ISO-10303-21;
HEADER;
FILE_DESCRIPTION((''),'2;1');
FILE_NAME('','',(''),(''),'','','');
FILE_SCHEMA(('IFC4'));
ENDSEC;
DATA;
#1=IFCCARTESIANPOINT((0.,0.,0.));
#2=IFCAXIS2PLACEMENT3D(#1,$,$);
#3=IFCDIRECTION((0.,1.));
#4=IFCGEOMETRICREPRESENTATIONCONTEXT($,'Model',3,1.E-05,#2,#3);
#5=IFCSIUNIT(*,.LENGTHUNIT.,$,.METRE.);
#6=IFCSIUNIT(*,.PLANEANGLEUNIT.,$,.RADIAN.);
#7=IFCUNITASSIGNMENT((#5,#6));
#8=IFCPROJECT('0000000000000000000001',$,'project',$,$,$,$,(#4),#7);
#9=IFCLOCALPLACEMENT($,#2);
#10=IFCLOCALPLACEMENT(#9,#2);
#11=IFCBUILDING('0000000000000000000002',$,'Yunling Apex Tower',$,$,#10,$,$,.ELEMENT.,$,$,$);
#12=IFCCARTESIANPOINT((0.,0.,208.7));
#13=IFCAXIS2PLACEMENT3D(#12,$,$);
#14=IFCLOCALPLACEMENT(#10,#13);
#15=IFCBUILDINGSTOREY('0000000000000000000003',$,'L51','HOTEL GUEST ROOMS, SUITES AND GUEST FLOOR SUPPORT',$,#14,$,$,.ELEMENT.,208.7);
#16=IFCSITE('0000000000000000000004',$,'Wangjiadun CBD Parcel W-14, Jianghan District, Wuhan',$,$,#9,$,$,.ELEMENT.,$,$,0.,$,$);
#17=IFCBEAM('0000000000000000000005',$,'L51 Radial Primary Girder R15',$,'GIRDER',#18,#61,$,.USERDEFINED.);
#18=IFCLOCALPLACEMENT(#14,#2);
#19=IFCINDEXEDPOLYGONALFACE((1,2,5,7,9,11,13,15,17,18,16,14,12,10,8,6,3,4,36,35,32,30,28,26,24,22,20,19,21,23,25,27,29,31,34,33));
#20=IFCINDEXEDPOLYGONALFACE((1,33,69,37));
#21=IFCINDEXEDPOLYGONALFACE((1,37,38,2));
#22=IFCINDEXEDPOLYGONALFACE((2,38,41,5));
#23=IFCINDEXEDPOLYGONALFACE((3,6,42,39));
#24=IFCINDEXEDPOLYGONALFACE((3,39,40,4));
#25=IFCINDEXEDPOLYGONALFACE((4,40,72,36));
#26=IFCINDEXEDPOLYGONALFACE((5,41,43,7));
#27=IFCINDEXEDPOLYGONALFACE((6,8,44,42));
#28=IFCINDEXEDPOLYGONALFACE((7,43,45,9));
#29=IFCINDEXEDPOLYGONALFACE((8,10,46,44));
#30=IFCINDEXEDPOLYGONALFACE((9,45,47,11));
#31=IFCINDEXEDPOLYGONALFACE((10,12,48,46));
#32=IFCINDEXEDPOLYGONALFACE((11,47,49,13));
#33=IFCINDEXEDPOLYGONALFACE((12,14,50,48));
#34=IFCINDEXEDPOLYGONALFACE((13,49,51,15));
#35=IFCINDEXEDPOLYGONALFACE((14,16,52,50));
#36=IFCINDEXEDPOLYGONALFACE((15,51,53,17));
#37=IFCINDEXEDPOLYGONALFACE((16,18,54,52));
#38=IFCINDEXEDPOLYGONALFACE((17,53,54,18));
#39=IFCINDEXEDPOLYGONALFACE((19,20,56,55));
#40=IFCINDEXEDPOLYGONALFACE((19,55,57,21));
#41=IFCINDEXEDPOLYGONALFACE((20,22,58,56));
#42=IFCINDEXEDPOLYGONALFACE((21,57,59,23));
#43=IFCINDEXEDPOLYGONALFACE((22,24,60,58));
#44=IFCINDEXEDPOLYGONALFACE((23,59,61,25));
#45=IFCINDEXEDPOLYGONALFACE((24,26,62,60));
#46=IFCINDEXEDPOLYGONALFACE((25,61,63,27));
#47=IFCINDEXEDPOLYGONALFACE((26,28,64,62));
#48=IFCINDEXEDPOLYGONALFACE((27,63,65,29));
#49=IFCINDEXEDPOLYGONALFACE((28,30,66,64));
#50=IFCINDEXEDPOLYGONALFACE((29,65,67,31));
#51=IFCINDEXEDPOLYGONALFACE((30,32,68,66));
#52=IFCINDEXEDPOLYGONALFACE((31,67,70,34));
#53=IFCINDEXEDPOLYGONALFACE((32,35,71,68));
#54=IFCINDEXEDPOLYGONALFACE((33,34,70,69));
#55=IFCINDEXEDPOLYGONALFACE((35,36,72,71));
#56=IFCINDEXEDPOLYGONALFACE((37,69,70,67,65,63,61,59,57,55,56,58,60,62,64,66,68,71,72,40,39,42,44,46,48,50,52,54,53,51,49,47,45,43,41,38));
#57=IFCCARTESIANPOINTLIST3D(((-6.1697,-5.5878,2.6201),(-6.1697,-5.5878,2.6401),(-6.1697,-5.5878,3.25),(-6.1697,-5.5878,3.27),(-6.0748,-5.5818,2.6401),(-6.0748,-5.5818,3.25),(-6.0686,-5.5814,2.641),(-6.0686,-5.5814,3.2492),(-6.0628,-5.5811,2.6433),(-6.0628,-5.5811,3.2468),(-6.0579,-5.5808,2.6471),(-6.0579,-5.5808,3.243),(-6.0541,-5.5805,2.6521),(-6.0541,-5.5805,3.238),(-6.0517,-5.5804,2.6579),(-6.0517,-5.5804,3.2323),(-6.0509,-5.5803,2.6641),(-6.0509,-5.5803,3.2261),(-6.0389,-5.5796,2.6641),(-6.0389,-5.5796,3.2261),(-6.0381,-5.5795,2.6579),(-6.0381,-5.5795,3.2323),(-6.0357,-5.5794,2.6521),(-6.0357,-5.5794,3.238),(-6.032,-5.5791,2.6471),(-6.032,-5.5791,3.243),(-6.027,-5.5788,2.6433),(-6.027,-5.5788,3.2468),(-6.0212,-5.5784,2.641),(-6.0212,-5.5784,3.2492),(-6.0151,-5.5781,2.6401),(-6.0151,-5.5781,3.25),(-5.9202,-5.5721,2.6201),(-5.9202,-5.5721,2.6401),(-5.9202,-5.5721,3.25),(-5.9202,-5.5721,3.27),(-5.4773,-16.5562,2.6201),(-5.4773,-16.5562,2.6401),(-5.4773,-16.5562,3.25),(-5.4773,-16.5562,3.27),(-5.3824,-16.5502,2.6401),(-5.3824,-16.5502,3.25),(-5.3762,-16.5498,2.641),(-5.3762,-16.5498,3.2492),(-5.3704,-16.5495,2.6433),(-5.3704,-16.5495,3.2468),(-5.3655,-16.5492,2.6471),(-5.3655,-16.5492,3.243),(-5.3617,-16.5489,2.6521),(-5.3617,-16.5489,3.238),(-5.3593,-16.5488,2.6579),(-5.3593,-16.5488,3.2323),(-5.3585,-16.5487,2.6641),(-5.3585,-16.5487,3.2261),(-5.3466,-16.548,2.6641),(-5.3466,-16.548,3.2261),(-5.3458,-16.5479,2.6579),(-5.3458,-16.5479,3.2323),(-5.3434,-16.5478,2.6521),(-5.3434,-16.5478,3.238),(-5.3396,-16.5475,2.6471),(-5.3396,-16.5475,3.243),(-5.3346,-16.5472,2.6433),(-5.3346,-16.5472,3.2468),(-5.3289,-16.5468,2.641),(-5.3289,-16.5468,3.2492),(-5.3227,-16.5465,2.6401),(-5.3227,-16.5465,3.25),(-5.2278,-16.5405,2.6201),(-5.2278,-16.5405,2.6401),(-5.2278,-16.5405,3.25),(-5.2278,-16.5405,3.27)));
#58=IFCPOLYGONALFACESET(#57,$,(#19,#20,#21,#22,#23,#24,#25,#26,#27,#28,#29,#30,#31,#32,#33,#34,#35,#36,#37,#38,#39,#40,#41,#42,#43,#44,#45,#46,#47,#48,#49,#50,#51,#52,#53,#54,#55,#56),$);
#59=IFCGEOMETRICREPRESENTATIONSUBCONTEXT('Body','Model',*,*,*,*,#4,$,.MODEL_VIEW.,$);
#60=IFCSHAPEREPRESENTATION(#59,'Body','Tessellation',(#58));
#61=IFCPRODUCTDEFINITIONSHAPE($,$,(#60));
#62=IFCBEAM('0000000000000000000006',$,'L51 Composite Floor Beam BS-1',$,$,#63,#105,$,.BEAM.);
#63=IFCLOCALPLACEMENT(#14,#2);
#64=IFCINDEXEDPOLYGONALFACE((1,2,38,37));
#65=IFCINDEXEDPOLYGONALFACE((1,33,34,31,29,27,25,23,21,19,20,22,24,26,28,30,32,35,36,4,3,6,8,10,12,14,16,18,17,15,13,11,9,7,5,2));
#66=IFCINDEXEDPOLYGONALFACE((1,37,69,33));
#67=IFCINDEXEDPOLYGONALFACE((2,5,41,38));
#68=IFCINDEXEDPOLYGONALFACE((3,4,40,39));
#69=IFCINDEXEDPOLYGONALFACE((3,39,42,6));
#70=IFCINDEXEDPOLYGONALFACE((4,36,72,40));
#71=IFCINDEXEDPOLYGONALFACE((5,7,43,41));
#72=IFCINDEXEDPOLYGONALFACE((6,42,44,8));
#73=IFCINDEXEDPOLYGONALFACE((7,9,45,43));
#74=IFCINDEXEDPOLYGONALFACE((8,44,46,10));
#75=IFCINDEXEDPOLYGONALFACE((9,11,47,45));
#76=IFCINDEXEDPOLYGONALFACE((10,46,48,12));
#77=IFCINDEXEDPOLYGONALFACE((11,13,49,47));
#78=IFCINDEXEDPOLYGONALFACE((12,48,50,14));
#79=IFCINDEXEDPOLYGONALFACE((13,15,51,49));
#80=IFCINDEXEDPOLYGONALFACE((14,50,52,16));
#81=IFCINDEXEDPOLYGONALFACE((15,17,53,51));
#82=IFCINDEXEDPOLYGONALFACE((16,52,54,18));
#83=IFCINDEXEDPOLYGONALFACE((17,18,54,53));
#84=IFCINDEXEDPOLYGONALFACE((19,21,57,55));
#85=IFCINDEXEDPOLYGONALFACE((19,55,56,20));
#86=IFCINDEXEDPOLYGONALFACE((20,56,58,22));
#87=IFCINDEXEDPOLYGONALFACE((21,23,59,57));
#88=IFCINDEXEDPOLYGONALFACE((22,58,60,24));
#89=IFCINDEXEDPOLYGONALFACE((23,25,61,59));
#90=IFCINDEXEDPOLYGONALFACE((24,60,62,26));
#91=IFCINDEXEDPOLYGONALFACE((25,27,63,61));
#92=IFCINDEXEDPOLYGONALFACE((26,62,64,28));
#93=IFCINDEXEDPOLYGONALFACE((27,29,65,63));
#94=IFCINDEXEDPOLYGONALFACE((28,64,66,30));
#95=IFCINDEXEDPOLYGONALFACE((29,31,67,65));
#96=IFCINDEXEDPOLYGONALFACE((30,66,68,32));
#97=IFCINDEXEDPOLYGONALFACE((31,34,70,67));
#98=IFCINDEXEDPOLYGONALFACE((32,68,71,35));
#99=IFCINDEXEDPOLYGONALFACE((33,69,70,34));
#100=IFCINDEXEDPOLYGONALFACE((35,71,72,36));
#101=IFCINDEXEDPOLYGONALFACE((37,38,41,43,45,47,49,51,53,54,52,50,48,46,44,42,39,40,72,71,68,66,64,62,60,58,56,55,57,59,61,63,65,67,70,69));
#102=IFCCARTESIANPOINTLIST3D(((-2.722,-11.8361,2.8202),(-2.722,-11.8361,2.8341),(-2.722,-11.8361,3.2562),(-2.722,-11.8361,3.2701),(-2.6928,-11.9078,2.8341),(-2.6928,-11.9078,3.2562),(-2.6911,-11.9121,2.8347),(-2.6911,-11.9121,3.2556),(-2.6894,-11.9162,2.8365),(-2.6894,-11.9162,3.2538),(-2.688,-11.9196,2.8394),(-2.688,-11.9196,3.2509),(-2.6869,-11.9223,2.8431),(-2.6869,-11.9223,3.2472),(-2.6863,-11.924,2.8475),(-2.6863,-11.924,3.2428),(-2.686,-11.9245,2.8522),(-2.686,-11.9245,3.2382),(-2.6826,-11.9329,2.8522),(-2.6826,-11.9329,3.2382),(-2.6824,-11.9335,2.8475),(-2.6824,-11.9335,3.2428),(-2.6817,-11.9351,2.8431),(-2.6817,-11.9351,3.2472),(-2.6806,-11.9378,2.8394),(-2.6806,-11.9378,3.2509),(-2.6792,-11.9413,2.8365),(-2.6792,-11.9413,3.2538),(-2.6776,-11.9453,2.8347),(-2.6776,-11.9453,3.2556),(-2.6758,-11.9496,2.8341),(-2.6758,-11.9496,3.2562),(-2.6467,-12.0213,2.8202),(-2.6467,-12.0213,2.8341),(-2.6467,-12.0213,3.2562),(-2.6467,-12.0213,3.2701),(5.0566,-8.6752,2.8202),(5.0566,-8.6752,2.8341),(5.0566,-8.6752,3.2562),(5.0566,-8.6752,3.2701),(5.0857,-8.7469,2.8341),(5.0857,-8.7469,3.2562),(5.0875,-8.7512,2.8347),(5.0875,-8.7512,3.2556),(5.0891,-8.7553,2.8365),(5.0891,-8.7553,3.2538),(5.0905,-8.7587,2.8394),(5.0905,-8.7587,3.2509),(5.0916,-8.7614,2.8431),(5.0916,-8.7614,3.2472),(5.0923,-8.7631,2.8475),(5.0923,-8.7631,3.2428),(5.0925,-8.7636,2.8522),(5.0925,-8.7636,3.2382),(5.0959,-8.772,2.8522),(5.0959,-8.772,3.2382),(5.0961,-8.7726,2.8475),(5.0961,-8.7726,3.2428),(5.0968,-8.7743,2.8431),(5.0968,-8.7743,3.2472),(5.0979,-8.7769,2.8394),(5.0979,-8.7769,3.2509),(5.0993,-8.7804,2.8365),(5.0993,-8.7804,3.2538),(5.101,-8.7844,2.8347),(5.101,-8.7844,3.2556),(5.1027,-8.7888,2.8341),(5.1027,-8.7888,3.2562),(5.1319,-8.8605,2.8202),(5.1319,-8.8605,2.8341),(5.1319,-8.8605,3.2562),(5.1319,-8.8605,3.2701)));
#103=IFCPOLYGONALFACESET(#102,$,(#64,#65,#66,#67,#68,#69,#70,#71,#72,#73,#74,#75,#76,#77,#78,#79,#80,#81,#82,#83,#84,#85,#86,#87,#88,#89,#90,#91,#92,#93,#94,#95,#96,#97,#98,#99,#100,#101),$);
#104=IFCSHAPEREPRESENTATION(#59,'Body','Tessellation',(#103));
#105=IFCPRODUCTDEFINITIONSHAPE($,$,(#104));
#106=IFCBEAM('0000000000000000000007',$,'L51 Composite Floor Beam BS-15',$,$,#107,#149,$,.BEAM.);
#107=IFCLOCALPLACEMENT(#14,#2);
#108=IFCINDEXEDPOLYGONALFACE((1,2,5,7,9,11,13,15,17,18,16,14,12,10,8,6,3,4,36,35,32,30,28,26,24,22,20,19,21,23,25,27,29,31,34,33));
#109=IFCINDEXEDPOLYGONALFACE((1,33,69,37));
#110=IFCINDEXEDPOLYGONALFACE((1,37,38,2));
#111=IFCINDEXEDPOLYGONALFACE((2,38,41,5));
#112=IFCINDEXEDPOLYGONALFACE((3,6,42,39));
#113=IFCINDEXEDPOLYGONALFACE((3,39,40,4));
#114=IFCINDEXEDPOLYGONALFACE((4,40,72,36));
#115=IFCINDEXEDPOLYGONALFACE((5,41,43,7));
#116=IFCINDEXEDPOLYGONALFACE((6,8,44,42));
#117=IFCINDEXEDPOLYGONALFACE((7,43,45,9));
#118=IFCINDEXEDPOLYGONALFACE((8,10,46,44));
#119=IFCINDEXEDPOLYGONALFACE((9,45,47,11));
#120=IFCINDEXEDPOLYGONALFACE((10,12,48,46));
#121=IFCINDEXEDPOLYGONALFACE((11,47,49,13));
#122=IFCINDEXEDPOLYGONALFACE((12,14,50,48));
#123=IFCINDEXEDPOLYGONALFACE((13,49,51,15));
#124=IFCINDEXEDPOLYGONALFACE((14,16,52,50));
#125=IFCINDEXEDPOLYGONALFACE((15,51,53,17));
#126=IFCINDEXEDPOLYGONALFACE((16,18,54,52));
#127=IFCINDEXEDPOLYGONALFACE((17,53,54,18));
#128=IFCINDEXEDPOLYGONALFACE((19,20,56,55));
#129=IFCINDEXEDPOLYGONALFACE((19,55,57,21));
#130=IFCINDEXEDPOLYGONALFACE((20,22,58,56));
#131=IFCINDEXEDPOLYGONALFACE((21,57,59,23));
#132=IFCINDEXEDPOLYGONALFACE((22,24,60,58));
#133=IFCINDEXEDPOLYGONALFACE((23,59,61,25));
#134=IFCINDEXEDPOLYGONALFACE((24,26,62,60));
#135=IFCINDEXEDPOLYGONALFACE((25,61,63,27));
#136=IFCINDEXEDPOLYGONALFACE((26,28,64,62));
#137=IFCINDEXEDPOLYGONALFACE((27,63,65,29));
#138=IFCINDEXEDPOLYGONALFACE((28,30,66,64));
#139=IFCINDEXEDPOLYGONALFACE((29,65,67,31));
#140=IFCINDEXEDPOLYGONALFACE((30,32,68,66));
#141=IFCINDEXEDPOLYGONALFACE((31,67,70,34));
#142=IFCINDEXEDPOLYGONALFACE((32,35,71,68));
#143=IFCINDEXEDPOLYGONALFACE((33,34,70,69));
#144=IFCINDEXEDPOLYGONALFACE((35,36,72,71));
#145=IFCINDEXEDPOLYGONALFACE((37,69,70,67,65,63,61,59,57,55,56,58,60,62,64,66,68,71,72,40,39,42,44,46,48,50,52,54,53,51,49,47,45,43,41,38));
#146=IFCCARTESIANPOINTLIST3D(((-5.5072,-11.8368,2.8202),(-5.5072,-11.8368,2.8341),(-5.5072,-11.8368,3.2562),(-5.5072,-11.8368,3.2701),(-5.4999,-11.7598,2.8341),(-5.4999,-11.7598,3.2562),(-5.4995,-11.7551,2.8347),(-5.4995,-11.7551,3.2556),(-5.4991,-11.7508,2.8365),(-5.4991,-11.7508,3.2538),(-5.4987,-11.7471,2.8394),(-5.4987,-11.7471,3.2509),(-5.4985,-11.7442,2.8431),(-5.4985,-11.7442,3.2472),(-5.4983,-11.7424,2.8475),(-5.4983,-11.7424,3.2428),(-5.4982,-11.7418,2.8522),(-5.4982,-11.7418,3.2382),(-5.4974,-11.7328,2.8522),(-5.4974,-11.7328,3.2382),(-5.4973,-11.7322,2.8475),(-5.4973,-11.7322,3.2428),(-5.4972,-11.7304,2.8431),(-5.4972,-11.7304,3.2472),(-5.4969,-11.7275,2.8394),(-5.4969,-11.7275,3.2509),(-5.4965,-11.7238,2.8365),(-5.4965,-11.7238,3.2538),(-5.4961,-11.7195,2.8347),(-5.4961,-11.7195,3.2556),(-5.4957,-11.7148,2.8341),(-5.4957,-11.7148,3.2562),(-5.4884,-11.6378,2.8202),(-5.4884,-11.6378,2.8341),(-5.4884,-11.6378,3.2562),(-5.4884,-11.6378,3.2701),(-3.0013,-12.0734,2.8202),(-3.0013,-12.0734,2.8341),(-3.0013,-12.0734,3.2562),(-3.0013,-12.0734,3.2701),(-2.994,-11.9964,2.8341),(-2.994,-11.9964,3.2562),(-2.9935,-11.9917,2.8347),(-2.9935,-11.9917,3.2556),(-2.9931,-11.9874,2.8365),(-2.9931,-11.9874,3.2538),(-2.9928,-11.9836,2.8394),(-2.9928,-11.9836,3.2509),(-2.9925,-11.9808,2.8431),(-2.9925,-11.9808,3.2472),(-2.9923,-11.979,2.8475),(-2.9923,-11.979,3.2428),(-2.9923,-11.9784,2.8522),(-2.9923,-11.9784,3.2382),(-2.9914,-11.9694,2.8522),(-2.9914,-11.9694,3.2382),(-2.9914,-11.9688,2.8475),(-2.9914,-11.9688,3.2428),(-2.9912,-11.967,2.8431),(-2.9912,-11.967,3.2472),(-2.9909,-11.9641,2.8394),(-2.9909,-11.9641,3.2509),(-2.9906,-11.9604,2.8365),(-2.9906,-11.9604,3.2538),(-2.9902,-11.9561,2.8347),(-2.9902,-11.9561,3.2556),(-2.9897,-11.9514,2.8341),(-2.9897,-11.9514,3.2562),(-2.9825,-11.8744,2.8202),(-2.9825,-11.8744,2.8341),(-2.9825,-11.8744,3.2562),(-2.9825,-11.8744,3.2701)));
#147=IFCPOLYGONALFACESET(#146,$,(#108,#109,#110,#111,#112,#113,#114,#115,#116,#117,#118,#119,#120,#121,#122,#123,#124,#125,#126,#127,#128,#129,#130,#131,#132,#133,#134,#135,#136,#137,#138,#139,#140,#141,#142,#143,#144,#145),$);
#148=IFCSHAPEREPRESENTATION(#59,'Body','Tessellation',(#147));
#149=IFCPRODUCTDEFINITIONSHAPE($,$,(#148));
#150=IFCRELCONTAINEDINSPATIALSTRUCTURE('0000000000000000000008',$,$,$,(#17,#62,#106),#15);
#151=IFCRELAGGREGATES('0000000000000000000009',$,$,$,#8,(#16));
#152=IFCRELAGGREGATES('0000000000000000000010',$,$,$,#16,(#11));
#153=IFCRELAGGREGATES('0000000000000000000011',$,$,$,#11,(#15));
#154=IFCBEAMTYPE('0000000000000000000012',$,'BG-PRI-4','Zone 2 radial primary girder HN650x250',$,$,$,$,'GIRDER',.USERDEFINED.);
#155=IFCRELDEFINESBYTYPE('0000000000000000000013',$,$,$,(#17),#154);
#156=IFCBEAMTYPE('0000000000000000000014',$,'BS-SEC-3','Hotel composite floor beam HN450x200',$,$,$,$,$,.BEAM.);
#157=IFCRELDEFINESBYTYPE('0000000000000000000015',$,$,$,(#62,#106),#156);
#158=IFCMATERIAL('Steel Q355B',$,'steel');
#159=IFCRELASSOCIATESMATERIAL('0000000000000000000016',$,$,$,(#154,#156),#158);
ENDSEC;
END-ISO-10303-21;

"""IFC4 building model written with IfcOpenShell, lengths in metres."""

from ifc_helpers import new_model, si_unit, direction, frame, origin, origin_2d, place, context, subcontext, project, spatial, i_section, extrude, source, transform, mapped, material, material_profile, profile_set, type_object, element, save


model = new_model("IFC4")

# Units and contexts
model_context = context("Model", 3, precision=1e-05, world=origin(), true_north=direction((0.0, 1.0)))
body_context = subcontext(model_context, "Body", "Model", "MODEL_VIEW")
ifc_project = project(units=[si_unit("LENGTHUNIT", "METRE"), si_unit("PLANEANGLEUNIT", "RADIAN")], contexts=[model_context])

# Site, building, storey
site_placement = place(None, origin())
site = spatial("IfcSite", under=ifc_project, at=site_placement, Name="Wangjiadun CBD Parcel W-14, Jianghan District, Wuhan", CompositionType="ELEMENT", RefElevation=0.0)
building_placement = place(site_placement, origin())
building = spatial("IfcBuilding", under=site, at=building_placement, Name="Yunling Apex Tower", CompositionType="ELEMENT")
storey_placement = place(building_placement, frame((0.0, 0.0, 208.7)))
storey = spatial("IfcBuildingStorey", under=building, at=storey_placement, Name="L51", Description="HOTEL GUEST ROOMS, SUITES AND GUEST FLOOR SUPPORT", CompositionType="ELEMENT", Elevation=208.7)

# Beams
ifc_material_1 = material(Name="Steel Q355B", Category="steel")
ifc_material_profile_1 = material_profile(ifc_material_1, i_section(OverallWidth=0.25, OverallDepth=0.6499, WebThickness=0.012, FlangeThickness=0.02, FilletRadius=0.0239, at=origin_2d()))
ifc_profile_set_1 = profile_set([ifc_material_profile_1], Name="Steel Q355B")
beam_type_1 = type_object("IfcBeamType", Name="BG-PRI-4", Description="Zone 2 radial primary girder HN650x250", ElementType="GIRDER", PredefinedType="USERDEFINED", material=ifc_profile_set_1)
shared_shape_1 = source(origin(), body_context, "Body", "SweptSolid", [
    extrude(i_section(OverallWidth=0.25, OverallDepth=0.6499, WebThickness=0.012, FlangeThickness=0.02, FilletRadius=0.0239, at=origin_2d()), origin(), (0.0, 0.0, 1.0), 10.9902),
])
beam_1_placement = place(storey_placement, frame((-5.3525, -16.5483, 2.9451), z_axis=(-0.062999, 0.998014, 0.0), x_axis=(-0.998014, -0.062999, 0.0)))
element("IfcBeam", 1, at=beam_1_placement, inside=storey, type_object=beam_type_1, Name="L51 Radial Primary Girder R15", ObjectType="GIRDER", PredefinedType="USERDEFINED", context=body_context, shape_type="MappedRepresentation", body=[
    mapped(shared_shape_1, transform((0.0, 0.0, 0.0), scale=1.0)),
])
ifc_material_profile_2 = material_profile(ifc_material_1, i_section(OverallWidth=0.2, OverallDepth=0.45, WebThickness=0.009, FlangeThickness=0.0139, FilletRadius=0.0181, at=origin_2d()))
ifc_profile_set_2 = profile_set([ifc_material_profile_2], Name="Steel Q355B")
beam_type_2 = type_object("IfcBeamType", Name="BS-SEC-3", Description="Hotel composite floor beam HN450x200", PredefinedType="BEAM", material=ifc_profile_set_2)
shared_shape_2 = source(origin(), body_context, "Body", "SweptSolid", [
    extrude(i_section(OverallWidth=0.2, OverallDepth=0.45, WebThickness=0.009, FlangeThickness=0.0139, FilletRadius=0.0181, at=origin_2d()), origin(), (0.0, 0.0, 1.0), 8.3962),
])
beam_2_placement = place(storey_placement, frame((-2.6843, -11.9287, 3.0452), z_axis=(0.926431, 0.376464, 0.0), x_axis=(-0.376464, 0.926431, 0.0)))
element("IfcBeam", 2, at=beam_2_placement, inside=storey, type_object=beam_type_2, Name="L51 Composite Floor Beam BS-1", PredefinedType="BEAM", context=body_context, shape_type="MappedRepresentation", body=[
    mapped(shared_shape_2, transform((0.0, 0.0, 0.0), scale=1.0)),
])
shared_shape_3 = source(origin(), body_context, "Body", "SweptSolid", [
    extrude(i_section(OverallWidth=0.2, OverallDepth=0.45, WebThickness=0.009, FlangeThickness=0.0139, FilletRadius=0.0181, at=origin_2d()), origin(), (0.0, 0.0, 1.0), 2.5171),
])
beam_3_placement = place(storey_placement, frame((-5.4978, -11.7373, 3.0452), z_axis=(0.995573, -0.09399, 0.0), x_axis=(0.09399, 0.995573, 0.0)))
element("IfcBeam", 3, at=beam_3_placement, inside=storey, type_object=beam_type_2, Name="L51 Composite Floor Beam BS-15", PredefinedType="BEAM", context=body_context, shape_type="MappedRepresentation", body=[
    mapped(shared_shape_3, transform((0.0, 0.0, 0.0), scale=1.0)),
])

save(model, "model.ifc")
